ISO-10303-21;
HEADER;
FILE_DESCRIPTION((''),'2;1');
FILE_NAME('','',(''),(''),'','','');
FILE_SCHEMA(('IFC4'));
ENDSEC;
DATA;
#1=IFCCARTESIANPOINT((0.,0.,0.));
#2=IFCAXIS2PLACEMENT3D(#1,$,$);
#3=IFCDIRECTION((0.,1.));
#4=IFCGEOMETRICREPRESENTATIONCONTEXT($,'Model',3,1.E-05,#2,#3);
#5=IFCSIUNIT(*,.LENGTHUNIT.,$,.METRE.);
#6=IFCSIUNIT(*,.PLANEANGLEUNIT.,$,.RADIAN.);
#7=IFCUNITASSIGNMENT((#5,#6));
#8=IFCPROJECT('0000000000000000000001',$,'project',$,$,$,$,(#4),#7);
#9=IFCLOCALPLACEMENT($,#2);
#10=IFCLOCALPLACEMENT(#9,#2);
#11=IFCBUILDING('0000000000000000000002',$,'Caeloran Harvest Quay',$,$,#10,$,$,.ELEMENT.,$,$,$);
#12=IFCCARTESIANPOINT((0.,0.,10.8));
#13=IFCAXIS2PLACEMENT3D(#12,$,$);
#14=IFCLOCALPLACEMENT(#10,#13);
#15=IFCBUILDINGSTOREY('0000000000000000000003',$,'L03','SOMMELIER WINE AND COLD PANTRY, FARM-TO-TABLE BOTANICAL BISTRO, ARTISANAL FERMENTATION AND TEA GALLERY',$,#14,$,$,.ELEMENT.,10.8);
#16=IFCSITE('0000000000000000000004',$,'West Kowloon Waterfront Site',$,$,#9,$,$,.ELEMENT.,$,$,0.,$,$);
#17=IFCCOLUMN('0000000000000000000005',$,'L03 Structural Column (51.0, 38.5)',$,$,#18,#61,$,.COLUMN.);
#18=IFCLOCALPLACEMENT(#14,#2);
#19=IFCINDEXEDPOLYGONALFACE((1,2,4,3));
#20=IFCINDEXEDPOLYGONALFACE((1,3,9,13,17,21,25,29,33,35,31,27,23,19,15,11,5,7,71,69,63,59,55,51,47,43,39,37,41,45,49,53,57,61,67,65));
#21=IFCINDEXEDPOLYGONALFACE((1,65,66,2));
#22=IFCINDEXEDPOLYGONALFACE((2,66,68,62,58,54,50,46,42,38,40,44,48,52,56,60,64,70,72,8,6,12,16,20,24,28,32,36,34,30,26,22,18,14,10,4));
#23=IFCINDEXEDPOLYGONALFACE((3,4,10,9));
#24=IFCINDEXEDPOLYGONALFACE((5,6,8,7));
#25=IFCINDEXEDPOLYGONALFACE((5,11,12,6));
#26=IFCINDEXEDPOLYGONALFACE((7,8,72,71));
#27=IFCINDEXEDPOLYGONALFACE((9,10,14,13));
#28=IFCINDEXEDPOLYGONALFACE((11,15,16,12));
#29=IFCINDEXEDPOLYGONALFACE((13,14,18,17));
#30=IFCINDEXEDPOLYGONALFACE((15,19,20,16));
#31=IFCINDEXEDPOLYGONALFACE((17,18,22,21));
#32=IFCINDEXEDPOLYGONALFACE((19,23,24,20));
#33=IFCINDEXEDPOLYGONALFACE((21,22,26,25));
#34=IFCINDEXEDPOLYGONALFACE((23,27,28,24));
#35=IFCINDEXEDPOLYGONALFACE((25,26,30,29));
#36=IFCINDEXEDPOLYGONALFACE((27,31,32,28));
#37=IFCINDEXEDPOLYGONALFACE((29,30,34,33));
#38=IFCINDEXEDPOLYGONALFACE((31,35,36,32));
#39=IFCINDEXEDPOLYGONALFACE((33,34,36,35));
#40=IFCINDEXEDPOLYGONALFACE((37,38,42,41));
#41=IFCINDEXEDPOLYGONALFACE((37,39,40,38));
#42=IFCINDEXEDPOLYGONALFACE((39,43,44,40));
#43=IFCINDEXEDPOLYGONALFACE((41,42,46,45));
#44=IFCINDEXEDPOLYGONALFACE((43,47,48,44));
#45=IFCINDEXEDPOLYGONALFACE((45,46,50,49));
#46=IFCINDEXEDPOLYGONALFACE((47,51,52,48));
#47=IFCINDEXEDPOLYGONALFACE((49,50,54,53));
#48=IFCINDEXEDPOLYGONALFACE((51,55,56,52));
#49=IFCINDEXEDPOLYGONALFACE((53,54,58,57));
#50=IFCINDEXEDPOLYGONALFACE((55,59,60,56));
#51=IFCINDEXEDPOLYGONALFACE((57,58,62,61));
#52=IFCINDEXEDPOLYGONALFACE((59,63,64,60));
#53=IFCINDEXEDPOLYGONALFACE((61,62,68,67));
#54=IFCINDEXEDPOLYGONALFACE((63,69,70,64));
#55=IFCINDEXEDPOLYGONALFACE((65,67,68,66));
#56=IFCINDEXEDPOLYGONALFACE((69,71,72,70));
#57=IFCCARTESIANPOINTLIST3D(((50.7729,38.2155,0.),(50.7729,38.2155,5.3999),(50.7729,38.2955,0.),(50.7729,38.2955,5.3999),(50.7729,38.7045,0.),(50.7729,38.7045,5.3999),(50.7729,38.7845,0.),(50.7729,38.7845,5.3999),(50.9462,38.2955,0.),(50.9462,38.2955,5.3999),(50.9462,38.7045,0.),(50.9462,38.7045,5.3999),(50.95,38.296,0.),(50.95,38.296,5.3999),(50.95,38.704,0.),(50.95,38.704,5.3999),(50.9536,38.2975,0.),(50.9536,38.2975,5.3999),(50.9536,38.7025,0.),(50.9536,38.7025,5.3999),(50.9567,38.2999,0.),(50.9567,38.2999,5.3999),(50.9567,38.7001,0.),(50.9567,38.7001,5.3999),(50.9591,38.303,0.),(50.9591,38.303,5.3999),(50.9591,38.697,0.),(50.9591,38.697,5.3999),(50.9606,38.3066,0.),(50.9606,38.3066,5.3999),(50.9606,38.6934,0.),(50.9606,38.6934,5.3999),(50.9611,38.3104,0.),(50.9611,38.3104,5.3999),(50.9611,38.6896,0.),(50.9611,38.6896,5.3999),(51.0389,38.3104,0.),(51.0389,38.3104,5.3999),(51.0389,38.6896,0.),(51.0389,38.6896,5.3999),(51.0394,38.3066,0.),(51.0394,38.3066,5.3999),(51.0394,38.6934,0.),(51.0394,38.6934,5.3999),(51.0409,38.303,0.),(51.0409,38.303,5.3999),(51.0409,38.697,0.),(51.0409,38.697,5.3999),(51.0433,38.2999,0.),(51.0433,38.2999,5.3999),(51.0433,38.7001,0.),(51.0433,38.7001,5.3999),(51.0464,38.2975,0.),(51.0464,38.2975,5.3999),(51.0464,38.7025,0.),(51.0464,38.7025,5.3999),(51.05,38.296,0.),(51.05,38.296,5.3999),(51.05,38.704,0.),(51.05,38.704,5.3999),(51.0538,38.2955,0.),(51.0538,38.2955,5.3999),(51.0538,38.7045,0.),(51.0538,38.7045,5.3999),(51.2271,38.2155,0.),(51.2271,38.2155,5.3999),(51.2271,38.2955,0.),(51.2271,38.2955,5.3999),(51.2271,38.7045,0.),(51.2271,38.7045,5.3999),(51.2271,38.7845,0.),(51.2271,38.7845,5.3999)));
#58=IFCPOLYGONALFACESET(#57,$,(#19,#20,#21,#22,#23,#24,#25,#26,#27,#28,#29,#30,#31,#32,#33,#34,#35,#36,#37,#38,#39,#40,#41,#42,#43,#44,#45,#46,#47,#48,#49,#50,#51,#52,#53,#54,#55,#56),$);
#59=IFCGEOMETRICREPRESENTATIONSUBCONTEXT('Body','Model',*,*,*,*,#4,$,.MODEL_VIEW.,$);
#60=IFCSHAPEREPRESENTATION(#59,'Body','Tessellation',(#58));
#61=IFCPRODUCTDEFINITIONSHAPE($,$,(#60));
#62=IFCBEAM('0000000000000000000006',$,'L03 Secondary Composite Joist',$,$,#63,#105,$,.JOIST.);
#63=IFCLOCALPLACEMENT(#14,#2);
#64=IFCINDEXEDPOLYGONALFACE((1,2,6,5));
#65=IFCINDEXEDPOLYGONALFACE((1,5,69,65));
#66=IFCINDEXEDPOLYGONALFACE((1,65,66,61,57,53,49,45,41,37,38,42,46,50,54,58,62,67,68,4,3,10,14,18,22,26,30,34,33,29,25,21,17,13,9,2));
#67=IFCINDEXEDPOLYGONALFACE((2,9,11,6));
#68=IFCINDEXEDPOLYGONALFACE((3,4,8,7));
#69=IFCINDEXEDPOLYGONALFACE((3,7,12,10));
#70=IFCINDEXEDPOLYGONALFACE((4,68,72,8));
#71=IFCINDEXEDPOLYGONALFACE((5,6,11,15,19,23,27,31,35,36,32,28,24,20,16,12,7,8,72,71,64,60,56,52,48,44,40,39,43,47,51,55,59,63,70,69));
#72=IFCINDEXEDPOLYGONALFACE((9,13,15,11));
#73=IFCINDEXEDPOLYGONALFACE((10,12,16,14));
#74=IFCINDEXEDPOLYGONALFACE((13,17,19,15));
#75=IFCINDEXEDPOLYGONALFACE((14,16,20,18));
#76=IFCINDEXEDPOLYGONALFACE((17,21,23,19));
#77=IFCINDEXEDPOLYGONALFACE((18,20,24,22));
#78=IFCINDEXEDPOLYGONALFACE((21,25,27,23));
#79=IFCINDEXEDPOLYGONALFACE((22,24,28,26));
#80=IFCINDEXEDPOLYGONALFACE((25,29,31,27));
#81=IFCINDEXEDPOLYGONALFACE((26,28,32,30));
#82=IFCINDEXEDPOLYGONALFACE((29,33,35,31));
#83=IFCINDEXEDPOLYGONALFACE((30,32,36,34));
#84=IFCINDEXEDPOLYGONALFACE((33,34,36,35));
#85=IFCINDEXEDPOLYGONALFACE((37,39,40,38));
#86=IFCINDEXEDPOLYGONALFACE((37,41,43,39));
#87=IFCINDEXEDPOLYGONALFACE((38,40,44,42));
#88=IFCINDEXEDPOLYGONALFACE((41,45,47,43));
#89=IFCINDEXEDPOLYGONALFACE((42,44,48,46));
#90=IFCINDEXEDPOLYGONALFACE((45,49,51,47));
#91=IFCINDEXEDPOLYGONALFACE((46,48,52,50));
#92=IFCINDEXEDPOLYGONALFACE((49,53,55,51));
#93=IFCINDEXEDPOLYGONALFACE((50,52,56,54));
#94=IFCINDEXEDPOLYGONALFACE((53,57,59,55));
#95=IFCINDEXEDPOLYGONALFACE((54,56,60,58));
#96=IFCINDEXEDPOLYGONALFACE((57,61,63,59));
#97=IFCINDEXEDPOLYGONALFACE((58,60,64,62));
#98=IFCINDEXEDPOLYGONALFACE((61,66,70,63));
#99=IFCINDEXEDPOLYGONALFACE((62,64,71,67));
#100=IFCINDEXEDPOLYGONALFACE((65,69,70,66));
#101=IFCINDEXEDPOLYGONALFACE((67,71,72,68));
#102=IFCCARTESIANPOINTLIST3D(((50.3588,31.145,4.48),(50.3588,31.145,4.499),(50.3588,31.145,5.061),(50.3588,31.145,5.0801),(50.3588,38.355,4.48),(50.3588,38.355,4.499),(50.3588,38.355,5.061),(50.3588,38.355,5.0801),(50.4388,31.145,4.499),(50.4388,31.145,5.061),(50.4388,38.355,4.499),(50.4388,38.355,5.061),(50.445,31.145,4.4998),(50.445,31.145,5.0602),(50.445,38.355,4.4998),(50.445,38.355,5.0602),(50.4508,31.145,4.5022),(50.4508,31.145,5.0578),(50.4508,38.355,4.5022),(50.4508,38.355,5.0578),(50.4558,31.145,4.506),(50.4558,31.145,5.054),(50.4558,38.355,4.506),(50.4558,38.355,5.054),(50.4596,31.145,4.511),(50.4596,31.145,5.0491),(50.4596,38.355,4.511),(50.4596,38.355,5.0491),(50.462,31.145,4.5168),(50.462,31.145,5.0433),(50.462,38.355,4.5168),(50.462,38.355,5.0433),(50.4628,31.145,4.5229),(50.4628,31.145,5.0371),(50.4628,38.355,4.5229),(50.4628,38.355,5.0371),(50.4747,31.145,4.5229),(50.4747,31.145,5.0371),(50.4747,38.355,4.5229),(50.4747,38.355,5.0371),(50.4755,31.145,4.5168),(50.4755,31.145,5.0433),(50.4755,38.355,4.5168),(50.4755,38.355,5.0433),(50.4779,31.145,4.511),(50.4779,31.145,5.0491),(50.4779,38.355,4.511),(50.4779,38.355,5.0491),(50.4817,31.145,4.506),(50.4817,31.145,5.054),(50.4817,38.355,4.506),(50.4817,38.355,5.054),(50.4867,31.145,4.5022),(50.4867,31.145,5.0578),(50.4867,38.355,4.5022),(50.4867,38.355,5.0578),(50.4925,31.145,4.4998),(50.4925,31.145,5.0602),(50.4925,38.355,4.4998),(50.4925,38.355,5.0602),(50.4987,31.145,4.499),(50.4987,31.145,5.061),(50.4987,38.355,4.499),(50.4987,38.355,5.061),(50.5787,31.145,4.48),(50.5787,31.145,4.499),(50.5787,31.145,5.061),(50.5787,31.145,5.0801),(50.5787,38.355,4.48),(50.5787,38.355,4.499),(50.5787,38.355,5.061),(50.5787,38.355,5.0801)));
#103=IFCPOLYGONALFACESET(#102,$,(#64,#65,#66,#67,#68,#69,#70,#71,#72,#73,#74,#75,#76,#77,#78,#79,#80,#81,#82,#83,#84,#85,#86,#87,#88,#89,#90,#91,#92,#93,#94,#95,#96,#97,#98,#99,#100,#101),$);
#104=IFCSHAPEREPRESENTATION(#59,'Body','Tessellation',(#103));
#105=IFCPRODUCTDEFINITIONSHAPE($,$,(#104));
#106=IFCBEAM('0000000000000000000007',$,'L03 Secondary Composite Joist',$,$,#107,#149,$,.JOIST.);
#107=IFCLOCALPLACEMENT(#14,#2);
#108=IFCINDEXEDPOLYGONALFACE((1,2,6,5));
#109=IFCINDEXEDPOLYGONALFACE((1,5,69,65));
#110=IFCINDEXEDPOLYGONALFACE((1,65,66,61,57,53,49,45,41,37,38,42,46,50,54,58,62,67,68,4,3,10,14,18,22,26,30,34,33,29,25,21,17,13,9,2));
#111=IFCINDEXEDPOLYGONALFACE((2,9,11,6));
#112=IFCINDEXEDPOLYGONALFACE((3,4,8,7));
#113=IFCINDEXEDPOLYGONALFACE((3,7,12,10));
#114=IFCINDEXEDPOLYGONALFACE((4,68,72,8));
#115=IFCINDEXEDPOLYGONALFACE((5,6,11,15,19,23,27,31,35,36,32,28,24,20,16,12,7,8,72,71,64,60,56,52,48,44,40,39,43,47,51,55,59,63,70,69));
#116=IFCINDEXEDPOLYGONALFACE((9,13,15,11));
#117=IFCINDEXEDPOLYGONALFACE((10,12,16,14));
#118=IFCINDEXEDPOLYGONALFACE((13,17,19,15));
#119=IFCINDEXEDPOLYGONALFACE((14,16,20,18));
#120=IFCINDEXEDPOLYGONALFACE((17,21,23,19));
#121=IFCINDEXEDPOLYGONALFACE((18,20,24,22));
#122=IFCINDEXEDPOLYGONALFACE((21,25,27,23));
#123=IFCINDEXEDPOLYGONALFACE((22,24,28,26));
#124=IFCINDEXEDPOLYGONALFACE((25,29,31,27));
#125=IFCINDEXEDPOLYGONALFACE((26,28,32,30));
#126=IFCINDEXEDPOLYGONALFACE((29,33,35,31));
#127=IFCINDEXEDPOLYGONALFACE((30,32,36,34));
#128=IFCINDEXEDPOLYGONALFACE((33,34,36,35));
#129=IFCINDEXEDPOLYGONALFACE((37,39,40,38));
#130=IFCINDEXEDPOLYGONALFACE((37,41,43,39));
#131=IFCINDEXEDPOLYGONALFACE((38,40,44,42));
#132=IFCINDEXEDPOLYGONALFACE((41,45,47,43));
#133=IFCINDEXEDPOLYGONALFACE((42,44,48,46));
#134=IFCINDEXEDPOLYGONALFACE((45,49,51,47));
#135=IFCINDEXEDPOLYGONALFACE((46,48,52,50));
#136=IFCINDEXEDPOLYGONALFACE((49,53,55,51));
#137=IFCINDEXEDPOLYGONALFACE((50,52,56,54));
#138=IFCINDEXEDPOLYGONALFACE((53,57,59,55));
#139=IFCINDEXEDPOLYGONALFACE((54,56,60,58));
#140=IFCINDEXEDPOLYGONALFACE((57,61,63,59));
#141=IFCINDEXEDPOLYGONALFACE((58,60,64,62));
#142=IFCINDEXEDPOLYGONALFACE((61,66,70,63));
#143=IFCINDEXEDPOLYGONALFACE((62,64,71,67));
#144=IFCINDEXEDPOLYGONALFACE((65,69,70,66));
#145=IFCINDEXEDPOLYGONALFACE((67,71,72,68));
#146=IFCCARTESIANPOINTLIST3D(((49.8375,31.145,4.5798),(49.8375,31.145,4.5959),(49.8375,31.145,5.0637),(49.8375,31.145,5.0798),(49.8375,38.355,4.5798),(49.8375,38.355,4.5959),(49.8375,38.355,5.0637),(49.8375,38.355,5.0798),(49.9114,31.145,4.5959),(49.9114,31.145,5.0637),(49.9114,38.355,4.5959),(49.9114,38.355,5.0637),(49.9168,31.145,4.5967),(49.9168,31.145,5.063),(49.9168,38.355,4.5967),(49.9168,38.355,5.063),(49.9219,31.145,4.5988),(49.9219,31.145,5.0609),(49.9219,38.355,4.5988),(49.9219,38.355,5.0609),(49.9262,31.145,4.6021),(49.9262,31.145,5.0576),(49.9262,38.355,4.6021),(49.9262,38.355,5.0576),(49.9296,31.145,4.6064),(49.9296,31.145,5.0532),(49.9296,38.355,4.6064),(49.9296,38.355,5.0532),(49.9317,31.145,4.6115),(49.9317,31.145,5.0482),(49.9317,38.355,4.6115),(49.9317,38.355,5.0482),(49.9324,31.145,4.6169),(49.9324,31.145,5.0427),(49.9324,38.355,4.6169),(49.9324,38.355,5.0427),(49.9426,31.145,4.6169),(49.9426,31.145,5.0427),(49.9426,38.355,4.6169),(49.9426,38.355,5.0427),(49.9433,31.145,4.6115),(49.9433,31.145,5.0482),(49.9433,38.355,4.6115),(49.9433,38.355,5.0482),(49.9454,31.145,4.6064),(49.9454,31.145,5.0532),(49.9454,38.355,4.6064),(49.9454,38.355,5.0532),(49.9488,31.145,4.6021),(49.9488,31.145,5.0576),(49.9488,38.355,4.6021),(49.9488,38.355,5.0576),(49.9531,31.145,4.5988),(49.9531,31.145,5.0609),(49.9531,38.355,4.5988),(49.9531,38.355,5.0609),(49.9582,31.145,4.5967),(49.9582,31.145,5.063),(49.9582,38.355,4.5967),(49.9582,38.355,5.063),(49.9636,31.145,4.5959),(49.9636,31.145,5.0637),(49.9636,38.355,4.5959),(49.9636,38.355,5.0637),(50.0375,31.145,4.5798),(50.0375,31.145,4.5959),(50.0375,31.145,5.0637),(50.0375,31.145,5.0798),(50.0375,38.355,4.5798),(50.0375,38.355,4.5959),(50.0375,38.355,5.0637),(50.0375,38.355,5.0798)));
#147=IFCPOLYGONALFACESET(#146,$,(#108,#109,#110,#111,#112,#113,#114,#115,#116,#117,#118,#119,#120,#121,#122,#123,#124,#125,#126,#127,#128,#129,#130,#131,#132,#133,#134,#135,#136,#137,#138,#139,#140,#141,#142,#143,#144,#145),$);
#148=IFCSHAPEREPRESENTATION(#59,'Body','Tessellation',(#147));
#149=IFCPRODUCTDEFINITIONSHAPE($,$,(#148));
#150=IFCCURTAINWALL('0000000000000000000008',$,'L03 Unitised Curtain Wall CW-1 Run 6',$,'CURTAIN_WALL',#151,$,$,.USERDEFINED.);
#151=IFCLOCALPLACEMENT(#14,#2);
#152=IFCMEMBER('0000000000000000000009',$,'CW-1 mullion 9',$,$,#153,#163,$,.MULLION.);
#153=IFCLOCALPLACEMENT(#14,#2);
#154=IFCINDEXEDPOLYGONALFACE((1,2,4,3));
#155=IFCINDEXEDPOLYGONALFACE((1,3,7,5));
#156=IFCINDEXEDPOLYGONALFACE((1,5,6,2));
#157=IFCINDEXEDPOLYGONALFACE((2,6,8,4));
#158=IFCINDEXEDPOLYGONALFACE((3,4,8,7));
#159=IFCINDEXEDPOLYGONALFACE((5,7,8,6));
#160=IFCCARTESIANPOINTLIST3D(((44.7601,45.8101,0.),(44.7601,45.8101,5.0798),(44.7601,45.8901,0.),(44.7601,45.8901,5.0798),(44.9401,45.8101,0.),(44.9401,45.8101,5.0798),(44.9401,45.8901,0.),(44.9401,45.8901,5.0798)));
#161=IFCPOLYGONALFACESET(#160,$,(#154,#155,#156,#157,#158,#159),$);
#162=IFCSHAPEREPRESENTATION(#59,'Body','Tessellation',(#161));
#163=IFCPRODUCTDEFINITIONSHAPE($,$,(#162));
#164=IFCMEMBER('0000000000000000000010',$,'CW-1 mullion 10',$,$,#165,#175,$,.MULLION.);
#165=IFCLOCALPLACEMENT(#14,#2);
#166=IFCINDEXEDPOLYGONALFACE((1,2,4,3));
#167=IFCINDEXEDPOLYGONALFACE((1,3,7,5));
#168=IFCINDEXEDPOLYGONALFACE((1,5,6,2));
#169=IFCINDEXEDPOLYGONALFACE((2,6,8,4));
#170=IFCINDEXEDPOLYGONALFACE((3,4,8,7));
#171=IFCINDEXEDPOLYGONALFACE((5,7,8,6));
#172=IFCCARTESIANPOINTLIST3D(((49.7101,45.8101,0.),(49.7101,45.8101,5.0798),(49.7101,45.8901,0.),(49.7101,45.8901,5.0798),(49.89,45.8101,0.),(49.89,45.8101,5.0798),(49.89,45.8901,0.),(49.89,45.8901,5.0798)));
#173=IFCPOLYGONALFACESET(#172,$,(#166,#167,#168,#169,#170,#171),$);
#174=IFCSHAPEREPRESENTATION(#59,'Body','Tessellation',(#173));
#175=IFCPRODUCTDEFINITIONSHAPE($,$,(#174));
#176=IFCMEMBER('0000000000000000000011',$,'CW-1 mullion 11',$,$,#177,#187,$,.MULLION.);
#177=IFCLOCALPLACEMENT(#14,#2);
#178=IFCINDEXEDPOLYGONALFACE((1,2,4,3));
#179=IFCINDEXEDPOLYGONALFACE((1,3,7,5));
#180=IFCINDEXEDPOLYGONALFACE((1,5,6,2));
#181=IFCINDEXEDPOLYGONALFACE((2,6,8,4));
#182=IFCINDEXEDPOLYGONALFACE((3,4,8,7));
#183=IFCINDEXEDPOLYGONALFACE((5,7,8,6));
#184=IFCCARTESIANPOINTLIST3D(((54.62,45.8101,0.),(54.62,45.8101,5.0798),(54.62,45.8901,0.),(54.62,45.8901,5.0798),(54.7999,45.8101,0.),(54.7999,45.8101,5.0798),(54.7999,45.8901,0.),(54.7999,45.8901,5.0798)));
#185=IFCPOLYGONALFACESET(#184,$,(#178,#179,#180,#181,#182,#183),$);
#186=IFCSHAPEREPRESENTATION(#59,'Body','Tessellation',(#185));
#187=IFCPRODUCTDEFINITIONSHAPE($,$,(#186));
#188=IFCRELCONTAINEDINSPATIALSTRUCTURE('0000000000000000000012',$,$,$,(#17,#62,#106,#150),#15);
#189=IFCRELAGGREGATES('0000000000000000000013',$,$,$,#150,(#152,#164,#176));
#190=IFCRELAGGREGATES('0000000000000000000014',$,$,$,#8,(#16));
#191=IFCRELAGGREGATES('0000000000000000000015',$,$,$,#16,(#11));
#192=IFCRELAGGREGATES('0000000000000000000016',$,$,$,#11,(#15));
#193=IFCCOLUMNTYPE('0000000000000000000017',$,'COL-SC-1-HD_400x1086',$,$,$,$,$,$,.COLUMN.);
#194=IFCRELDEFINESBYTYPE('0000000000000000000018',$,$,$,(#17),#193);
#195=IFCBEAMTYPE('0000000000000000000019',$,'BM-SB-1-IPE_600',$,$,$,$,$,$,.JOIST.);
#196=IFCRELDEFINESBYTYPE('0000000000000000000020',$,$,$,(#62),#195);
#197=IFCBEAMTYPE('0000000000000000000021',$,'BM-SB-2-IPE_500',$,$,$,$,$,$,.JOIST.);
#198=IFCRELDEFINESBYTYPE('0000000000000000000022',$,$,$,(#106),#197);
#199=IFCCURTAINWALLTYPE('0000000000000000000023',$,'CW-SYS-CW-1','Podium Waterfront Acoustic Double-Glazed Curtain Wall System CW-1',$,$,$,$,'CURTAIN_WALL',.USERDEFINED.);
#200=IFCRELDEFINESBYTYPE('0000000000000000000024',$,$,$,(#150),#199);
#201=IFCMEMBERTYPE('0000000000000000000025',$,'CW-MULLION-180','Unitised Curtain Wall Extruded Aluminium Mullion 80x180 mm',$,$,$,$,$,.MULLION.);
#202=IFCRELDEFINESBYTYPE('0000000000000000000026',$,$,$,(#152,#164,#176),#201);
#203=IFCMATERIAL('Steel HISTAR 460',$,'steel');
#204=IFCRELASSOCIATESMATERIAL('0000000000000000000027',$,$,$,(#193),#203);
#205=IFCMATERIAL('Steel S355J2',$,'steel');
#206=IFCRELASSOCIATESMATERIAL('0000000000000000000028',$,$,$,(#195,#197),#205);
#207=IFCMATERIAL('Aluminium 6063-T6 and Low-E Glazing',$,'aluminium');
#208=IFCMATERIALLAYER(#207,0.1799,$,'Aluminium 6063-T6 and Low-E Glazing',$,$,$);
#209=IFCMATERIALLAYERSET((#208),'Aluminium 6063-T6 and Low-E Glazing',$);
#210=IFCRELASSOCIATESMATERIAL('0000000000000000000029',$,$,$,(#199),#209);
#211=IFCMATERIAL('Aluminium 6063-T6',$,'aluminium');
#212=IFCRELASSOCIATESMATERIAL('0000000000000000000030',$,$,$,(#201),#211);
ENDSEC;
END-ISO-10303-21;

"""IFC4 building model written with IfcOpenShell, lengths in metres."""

from ifc_helpers import new_model, si_unit, direction, frame, origin, origin_2d, place, context, subcontext, project, spatial, rectangle, i_section, extrude, material, layer, layer_set, material_profile, profile_set, type_object, element, aggregate, save


model = new_model("IFC4")

# Units and contexts
model_context = context("Model", 3, precision=1e-05, world=origin(), true_north=direction((0.0, 1.0)))
body_context = subcontext(model_context, "Body", "Model", "MODEL_VIEW")
ifc_project = project(units=[si_unit("LENGTHUNIT", "METRE"), si_unit("PLANEANGLEUNIT", "RADIAN")], contexts=[model_context])

# Site, building, storey
site_placement = place(None, origin())
site = spatial("IfcSite", under=ifc_project, at=site_placement, Name="West Kowloon Waterfront Site", CompositionType="ELEMENT", RefElevation=0.0)
building_placement = place(site_placement, origin())
building = spatial("IfcBuilding", under=site, at=building_placement, Name="Caeloran Harvest Quay", CompositionType="ELEMENT")
storey_placement = place(building_placement, frame((0.0, 0.0, 10.8)))
storey = spatial("IfcBuildingStorey", under=building, at=storey_placement, Name="L03", Description="SOMMELIER WINE AND COLD PANTRY, FARM-TO-TABLE BOTANICAL BISTRO, ARTISANAL FERMENTATION AND TEA GALLERY", CompositionType="ELEMENT", Elevation=10.8)

# Column
ifc_material_1 = material(Name="Steel HISTAR 460", Category="steel")
ifc_material_profile_1 = material_profile(ifc_material_1, i_section(OverallWidth=0.4541, OverallDepth=0.5691, WebThickness=0.0779, FlangeThickness=0.0801, FilletRadius=0.0149, at=origin_2d()), Name="HD 400x1086")
ifc_profile_set_1 = profile_set([ifc_material_profile_1], Name="Steel HISTAR 460")
column_type = type_object("IfcColumnType", Name="COL-SC-1-HD_400x1086", PredefinedType="COLUMN", material=ifc_profile_set_1)
column_placement = place(storey_placement, frame((51.0, 38.5, 0.0), z_axis=(0.0, 0.0, 1.0), x_axis=(1.0, 0.0, 0.0)))
element("IfcColumn", 1, at=column_placement, inside=storey, type_object=column_type, Name="L03 Structural Column (51.0, 38.5)", PredefinedType="COLUMN", context=body_context, shape_type="SweptSolid", body=[
    extrude(i_section(OverallWidth=0.4541, OverallDepth=0.5691, WebThickness=0.0779, FlangeThickness=0.0801, FilletRadius=0.0149, at=origin_2d()), origin(), (0.0, 0.0, 1.0), 5.3999),
])

# Beams
ifc_material_2 = material(Name="Steel S355J2", Category="steel")
ifc_material_profile_2 = material_profile(ifc_material_2, i_section(OverallWidth=0.22, OverallDepth=0.6001, WebThickness=0.012, FlangeThickness=0.019, FilletRadius=0.0239, at=origin_2d()), Name="IPE 600")
ifc_profile_set_2 = profile_set([ifc_material_profile_2], Name="Steel S355J2")
beam_type_1 = type_object("IfcBeamType", Name="BM-SB-1-IPE_600", PredefinedType="JOIST", material=ifc_profile_set_2)
beam_1_placement = place(storey_placement, frame((50.4688, 31.145, 4.78), z_axis=(0.0, 1.0, 0.0), x_axis=(-1.0, 0.0, 0.0)))
element("IfcBeam", 2, at=beam_1_placement, inside=storey, type_object=beam_type_1, Name="L03 Secondary Composite Joist", PredefinedType="JOIST", context=body_context, shape_type="SweptSolid", body=[
    extrude(i_section(OverallWidth=0.22, OverallDepth=0.6001, WebThickness=0.012, FlangeThickness=0.019, FilletRadius=0.0239, at=origin_2d()), origin(), (0.0, 0.0, 1.0), 7.21),
])
ifc_material_profile_3 = material_profile(ifc_material_2, i_section(OverallWidth=0.2, OverallDepth=0.5, WebThickness=0.0103, FlangeThickness=0.0161, FilletRadius=0.021, at=origin_2d()), Name="IPE 500")
ifc_profile_set_3 = profile_set([ifc_material_profile_3], Name="Steel S355J2")
beam_type_2 = type_object("IfcBeamType", Name="BM-SB-2-IPE_500", PredefinedType="JOIST", material=ifc_profile_set_3)
beam_2_placement = place(storey_placement, frame((49.9375, 31.145, 4.8298), z_axis=(0.0, 1.0, 0.0), x_axis=(-1.0, 0.0, 0.0)))
element("IfcBeam", 3, at=beam_2_placement, inside=storey, type_object=beam_type_2, Name="L03 Secondary Composite Joist", PredefinedType="JOIST", context=body_context, shape_type="SweptSolid", body=[
    extrude(i_section(OverallWidth=0.2, OverallDepth=0.5, WebThickness=0.0103, FlangeThickness=0.0161, FilletRadius=0.021, at=origin_2d()), origin(), (0.0, 0.0, 1.0), 7.21),
])

# Curtain wall, members
ifc_material_3 = material(Name="Aluminium 6063-T6 and Low-E Glazing", Category="aluminium")
ifc_layer_1 = layer(ifc_material_3, 0.1799, Name="Aluminium 6063-T6 and Low-E Glazing")
ifc_layer_set_1 = layer_set([ifc_layer_1], Name="Aluminium 6063-T6 and Low-E Glazing")
curtain_wall_type = type_object("IfcCurtainWallType", Name="CW-SYS-CW-1", Description="Podium Waterfront Acoustic Double-Glazed Curtain Wall System CW-1", ElementType="CURTAIN_WALL", PredefinedType="USERDEFINED", material=ifc_layer_set_1)
curtain_wall_1_placement = place(storey_placement, origin())
curtain_wall_1 = element("IfcCurtainWall", 4, at=curtain_wall_1_placement, inside=storey, type_object=curtain_wall_type, Name="L03 Unitised Curtain Wall CW-1 Run 6", ObjectType="CURTAIN_WALL", PredefinedType="USERDEFINED")
ifc_material_4 = material(Name="Aluminium 6063-T6", Category="aluminium")
ifc_material_profile_4 = material_profile(ifc_material_4, rectangle(XDim=0.0801, YDim=0.1799, at=origin_2d()), Name="CW-MULLION-180")
ifc_profile_set_4 = profile_set([ifc_material_profile_4], Name="Aluminium 6063-T6")
member_type_1 = type_object("IfcMemberType", Name="CW-MULLION-180", Description="Unitised Curtain Wall Extruded Aluminium Mullion 80x180 mm", PredefinedType="MULLION", material=ifc_profile_set_4)
member_1_placement = place(storey_placement, frame((44.8501, 45.8501, 0.0), z_axis=(0.0, 0.0, 1.0), x_axis=(0.0, 1.0, 0.0)))
member_1 = element("IfcMember", 5, at=member_1_placement, type_object=member_type_1, Name="CW-1 mullion 9", PredefinedType="MULLION", context=body_context, shape_type="SweptSolid", body=[
    extrude(rectangle(XDim=0.0801, YDim=0.1799, at=origin_2d()), origin(), (0.0, 0.0, 1.0), 5.0798),
])
member_2_placement = place(storey_placement, frame((49.8, 45.8501, 0.0), z_axis=(0.0, 0.0, 1.0), x_axis=(0.0, 1.0, 0.0)))
member_2 = element("IfcMember", 6, at=member_2_placement, type_object=member_type_1, Name="CW-1 mullion 10", PredefinedType="MULLION", context=body_context, shape_type="SweptSolid", body=[
    extrude(rectangle(XDim=0.0801, YDim=0.1799, at=origin_2d()), origin(), (0.0, 0.0, 1.0), 5.0798),
])
member_3_placement = place(storey_placement, frame((54.71, 45.8501, 0.0), z_axis=(0.0, 0.0, 1.0), x_axis=(0.0, 1.0, 0.0)))
member_3 = element("IfcMember", 7, at=member_3_placement, type_object=member_type_1, Name="CW-1 mullion 11", PredefinedType="MULLION", context=body_context, shape_type="SweptSolid", body=[
    extrude(rectangle(XDim=0.0801, YDim=0.1799, at=origin_2d()), origin(), (0.0, 0.0, 1.0), 5.0798),
])

aggregate(curtain_wall_1, [member_1, member_2, member_3])

save(model, "model.ifc")
